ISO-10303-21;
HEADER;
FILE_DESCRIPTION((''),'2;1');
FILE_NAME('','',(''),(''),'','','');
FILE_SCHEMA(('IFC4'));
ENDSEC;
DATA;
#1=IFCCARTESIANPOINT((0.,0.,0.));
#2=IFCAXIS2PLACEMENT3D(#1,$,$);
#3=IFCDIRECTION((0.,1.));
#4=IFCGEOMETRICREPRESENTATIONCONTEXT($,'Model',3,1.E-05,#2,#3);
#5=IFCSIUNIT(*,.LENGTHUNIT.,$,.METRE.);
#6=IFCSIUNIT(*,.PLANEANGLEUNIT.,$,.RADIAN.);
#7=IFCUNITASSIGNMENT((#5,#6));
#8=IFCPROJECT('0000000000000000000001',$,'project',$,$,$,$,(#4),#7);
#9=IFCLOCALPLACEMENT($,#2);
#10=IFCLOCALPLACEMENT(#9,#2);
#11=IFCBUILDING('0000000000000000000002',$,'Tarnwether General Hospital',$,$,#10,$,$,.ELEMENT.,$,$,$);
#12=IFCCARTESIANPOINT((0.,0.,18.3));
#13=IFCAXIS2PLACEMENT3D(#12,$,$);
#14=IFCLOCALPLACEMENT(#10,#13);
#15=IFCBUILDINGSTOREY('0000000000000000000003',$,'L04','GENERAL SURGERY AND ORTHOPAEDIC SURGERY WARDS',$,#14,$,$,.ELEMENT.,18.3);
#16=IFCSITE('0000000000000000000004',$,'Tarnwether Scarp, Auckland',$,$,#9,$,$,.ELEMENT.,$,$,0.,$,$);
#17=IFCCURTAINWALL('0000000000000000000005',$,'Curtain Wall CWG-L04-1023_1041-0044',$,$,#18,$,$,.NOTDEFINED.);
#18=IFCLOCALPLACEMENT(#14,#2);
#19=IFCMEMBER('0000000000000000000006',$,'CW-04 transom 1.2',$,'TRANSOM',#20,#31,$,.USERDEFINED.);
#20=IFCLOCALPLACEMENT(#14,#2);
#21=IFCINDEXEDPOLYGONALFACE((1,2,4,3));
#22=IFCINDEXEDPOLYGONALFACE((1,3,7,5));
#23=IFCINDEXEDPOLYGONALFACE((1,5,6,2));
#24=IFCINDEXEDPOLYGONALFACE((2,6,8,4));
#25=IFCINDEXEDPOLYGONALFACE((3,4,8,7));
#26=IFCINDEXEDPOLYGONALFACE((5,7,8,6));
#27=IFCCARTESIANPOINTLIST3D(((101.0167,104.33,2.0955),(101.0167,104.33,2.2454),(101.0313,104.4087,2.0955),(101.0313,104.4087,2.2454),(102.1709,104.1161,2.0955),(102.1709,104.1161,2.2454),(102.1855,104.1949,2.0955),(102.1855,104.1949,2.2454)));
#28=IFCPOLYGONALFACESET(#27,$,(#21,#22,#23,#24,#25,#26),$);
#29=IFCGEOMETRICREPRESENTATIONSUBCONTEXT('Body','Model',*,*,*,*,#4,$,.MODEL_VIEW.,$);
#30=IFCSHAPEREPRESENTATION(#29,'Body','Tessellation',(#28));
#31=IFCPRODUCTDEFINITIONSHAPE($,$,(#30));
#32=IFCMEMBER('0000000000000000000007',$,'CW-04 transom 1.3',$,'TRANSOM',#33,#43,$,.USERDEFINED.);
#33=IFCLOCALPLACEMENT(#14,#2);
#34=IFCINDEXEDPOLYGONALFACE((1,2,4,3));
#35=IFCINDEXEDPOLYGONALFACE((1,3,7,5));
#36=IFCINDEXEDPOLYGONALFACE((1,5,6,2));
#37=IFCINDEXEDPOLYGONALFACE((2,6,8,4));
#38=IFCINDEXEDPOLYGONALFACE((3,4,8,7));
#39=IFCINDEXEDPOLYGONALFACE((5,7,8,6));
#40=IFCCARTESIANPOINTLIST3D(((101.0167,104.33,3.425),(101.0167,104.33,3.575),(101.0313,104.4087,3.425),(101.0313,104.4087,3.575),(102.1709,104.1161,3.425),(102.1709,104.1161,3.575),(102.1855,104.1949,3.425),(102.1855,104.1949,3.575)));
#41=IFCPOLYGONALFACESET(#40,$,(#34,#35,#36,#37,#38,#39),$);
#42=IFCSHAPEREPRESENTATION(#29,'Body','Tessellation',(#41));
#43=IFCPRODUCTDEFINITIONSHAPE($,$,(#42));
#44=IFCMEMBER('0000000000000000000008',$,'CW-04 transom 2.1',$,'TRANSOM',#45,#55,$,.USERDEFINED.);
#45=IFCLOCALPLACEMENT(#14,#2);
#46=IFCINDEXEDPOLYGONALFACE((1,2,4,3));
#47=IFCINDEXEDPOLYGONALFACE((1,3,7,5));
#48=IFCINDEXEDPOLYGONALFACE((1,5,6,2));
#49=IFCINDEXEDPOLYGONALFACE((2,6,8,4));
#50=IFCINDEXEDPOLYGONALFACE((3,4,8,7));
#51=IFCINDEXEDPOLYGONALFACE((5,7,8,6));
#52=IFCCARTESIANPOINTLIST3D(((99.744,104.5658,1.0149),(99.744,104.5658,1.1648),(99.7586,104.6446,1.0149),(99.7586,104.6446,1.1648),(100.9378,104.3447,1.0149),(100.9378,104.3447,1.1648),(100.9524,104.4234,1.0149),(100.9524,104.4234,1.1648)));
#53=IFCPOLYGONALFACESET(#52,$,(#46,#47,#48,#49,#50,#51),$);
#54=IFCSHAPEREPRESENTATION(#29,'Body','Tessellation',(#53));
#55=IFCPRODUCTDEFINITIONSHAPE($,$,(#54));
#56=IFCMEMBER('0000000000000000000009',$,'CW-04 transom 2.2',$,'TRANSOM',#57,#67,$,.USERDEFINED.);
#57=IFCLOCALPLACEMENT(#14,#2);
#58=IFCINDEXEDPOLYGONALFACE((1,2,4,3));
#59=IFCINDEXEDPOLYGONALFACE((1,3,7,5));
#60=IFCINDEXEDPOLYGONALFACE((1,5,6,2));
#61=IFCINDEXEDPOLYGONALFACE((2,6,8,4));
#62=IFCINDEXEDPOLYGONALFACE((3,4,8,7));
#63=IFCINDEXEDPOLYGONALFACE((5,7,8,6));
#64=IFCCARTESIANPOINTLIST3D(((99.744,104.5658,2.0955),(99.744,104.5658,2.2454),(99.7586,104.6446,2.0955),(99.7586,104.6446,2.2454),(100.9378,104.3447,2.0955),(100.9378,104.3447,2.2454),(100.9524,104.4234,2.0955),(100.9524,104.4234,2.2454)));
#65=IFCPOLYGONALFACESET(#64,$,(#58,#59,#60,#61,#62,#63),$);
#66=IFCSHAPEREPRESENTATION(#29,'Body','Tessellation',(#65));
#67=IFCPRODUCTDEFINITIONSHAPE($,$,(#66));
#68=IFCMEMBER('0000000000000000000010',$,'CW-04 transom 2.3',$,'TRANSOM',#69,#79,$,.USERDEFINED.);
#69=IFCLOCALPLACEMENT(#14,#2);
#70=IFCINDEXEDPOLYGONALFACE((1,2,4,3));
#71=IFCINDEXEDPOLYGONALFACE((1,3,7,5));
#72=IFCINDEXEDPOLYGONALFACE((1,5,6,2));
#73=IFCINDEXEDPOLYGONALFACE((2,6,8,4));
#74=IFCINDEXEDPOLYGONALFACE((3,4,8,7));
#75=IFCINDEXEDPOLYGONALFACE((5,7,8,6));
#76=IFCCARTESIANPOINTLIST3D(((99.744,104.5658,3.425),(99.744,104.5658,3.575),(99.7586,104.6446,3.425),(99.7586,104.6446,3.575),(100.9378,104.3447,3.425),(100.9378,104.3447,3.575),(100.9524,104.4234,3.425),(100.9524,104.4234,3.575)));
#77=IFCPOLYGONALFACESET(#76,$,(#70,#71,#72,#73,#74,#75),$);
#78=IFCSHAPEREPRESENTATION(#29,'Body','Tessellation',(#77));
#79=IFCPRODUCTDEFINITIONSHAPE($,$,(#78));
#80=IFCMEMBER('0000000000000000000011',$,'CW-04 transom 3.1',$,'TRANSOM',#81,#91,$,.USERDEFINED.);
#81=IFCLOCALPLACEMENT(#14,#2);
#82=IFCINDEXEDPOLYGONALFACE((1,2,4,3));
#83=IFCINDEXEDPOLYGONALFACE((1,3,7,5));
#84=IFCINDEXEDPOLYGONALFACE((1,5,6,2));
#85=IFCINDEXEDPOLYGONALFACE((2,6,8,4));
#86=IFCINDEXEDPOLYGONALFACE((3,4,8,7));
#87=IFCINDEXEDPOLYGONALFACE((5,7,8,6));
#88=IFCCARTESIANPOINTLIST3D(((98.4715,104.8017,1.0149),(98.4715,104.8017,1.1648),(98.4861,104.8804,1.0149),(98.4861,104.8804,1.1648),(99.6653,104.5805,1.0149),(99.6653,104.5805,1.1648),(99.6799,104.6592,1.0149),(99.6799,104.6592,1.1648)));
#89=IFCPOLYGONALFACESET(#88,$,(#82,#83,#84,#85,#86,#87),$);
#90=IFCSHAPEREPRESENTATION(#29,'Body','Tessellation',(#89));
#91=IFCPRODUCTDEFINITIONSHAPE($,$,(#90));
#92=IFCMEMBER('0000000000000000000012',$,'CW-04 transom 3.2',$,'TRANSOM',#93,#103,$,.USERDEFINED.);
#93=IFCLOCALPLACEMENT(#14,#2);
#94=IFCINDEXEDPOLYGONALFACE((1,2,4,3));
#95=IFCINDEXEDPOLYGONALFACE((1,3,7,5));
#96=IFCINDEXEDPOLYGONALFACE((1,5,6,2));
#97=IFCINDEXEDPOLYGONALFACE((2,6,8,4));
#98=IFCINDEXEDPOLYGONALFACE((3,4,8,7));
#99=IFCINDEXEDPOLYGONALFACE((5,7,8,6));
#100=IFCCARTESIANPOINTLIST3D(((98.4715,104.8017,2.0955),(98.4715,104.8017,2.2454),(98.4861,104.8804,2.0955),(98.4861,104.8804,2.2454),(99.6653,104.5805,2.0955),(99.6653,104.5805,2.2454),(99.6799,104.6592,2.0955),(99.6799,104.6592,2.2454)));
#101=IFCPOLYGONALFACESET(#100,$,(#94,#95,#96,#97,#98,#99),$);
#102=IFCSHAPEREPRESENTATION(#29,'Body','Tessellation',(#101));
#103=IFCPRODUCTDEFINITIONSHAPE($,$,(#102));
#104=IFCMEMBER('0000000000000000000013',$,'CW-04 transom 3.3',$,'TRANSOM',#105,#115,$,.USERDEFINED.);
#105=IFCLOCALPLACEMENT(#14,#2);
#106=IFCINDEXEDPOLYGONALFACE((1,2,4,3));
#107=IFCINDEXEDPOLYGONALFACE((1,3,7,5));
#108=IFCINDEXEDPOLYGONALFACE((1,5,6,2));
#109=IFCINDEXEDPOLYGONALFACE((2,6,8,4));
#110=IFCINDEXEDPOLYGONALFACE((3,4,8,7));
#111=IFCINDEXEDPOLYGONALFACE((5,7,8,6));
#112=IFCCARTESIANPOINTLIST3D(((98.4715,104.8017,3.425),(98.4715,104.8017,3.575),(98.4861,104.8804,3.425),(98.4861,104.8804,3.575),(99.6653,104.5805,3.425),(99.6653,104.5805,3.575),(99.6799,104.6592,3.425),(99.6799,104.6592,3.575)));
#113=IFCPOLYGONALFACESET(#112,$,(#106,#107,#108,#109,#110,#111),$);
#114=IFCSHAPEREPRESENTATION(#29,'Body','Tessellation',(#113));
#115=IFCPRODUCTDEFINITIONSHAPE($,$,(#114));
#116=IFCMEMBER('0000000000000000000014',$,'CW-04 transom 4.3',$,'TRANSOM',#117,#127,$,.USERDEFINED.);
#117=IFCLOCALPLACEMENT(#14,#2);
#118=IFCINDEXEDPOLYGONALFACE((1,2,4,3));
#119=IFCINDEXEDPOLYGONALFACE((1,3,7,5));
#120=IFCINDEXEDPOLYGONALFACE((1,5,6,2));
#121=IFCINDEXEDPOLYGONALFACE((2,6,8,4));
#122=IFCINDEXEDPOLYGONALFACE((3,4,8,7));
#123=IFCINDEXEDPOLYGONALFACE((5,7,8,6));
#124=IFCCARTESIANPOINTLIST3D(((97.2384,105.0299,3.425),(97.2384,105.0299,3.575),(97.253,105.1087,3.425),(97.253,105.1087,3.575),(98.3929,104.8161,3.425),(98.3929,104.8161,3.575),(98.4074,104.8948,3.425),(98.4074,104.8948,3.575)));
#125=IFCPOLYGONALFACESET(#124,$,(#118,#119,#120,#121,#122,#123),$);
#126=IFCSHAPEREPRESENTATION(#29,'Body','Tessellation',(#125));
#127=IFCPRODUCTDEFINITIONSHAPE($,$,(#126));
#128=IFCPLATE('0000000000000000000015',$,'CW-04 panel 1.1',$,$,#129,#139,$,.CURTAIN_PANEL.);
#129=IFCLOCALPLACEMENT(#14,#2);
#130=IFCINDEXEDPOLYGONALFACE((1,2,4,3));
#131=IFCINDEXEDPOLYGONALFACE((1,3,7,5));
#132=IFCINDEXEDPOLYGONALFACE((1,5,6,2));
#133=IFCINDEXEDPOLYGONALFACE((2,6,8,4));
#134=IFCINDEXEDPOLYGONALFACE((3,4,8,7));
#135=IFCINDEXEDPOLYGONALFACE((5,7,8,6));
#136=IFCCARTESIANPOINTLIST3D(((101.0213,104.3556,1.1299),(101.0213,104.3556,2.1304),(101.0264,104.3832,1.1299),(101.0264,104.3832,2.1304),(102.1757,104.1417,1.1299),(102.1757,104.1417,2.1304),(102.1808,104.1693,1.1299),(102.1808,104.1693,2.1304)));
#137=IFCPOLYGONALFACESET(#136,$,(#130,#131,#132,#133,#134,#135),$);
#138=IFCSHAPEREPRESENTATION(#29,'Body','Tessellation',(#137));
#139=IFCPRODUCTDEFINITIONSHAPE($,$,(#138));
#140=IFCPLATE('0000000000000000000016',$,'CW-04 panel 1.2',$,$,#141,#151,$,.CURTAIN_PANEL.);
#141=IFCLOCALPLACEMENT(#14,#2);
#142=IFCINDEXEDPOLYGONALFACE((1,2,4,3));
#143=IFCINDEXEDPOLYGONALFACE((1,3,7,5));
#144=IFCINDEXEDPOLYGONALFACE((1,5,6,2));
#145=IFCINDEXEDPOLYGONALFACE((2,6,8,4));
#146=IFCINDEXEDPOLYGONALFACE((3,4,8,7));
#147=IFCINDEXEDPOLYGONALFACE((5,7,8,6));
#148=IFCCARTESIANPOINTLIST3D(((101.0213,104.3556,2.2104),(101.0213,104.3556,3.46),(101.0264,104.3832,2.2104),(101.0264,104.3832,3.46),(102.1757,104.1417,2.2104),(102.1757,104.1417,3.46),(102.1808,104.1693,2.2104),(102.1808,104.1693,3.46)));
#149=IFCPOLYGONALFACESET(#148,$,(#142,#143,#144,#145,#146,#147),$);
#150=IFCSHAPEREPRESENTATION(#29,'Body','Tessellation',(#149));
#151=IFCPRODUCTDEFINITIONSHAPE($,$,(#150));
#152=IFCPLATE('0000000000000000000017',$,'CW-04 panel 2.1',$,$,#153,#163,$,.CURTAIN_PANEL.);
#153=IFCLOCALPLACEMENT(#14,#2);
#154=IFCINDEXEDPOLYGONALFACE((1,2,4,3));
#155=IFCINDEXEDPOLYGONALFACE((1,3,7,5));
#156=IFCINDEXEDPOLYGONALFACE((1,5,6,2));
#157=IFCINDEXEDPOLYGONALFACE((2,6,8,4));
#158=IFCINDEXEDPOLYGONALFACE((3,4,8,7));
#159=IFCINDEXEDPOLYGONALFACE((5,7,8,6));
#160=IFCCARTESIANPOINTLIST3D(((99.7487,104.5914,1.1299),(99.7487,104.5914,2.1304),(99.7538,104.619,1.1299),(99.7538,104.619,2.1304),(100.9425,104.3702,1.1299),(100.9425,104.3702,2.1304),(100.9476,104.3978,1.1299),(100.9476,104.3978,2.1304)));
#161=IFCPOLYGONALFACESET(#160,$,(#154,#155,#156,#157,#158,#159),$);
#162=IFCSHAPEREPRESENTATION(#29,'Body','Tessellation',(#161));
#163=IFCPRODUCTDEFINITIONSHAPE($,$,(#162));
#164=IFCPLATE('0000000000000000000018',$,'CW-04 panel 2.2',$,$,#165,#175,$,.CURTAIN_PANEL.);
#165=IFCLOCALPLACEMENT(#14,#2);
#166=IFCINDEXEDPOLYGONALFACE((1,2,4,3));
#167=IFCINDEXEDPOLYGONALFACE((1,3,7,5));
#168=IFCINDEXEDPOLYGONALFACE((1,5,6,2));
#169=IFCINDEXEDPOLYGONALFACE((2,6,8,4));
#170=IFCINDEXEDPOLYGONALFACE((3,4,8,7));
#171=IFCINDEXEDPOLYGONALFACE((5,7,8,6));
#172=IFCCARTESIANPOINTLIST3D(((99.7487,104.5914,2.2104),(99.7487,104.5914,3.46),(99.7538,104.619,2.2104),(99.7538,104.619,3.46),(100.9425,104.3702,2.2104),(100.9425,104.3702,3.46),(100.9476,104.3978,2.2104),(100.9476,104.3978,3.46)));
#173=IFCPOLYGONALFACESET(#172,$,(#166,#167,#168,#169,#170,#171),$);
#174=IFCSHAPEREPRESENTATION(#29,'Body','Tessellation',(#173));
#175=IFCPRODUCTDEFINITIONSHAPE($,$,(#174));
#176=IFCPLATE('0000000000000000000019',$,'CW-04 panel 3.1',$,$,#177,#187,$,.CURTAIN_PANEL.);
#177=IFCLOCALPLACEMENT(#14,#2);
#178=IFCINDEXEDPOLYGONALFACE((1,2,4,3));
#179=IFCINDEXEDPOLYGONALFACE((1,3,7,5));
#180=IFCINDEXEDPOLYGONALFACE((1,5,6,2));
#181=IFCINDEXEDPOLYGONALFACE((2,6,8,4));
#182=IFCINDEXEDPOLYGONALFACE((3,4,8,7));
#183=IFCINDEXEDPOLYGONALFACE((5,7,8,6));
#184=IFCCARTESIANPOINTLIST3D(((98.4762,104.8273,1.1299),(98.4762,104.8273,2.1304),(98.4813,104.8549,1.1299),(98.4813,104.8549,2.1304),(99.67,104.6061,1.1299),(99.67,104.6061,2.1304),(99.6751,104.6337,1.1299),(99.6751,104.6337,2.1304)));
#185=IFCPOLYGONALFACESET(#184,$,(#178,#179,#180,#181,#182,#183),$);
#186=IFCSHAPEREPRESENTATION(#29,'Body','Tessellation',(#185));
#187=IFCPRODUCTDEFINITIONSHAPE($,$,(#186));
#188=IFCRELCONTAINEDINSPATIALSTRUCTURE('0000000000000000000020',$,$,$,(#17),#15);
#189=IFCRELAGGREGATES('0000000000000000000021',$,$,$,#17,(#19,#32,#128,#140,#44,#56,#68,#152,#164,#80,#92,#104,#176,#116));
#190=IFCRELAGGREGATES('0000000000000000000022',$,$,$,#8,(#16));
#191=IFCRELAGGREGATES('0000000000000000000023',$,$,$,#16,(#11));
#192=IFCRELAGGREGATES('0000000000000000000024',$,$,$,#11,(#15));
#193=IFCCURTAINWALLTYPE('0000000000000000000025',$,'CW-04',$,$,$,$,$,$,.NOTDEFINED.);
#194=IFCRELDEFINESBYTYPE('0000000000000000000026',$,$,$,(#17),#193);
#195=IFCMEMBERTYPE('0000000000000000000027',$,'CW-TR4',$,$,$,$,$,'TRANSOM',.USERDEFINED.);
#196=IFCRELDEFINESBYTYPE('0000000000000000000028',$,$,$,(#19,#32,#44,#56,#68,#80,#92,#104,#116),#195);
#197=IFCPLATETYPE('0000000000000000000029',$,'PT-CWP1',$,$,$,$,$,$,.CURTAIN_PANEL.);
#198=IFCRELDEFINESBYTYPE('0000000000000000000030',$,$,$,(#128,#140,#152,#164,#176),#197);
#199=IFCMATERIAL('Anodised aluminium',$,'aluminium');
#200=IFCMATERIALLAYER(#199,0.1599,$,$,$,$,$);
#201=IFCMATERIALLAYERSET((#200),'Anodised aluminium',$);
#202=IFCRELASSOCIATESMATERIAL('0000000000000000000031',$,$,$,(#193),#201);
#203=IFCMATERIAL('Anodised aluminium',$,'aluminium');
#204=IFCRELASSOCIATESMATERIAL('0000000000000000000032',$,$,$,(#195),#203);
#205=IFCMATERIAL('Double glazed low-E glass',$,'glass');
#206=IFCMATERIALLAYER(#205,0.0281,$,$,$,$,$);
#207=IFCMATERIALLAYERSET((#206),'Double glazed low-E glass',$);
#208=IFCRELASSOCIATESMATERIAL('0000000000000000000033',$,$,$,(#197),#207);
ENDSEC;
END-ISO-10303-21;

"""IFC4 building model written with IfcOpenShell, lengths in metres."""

from ifc_helpers import new_model, si_unit, direction, frame, origin, origin_2d, place, context, subcontext, project, spatial, rectangle, extrude, material, layer, layer_set, material_profile, profile_set, type_object, element, aggregate, save


model = new_model("IFC4")

# Units and contexts
model_context = context("Model", 3, precision=1e-05, world=origin(), true_north=direction((0.0, 1.0)))
body_context = subcontext(model_context, "Body", "Model", "MODEL_VIEW")
ifc_project = project(units=[si_unit("LENGTHUNIT", "METRE"), si_unit("PLANEANGLEUNIT", "RADIAN")], contexts=[model_context])

# Site, building, storey
site_placement = place(None, origin())
site = spatial("IfcSite", under=ifc_project, at=site_placement, Name="Tarnwether Scarp, Auckland", CompositionType="ELEMENT", RefElevation=0.0)
building_placement = place(site_placement, origin())
building = spatial("IfcBuilding", under=site, at=building_placement, Name="Tarnwether General Hospital", CompositionType="ELEMENT")
storey_placement = place(building_placement, frame((0.0, 0.0, 18.3)))
storey = spatial("IfcBuildingStorey", under=building, at=storey_placement, Name="L04", Description="GENERAL SURGERY AND ORTHOPAEDIC SURGERY WARDS", CompositionType="ELEMENT", Elevation=18.3)

# Curtain wall
ifc_material_1 = material(Name="Anodised aluminium", Category="aluminium")
ifc_layer_1 = layer(ifc_material_1, 0.1599)
ifc_layer_set_1 = layer_set([ifc_layer_1], Name="Anodised aluminium")
curtain_wall_type = type_object("IfcCurtainWallType", Name="CW-04", PredefinedType="NOTDEFINED", material=ifc_layer_set_1)
curtain_wall_1_placement = place(storey_placement, origin())
curtain_wall_1 = element("IfcCurtainWall", 1, at=curtain_wall_1_placement, inside=storey, type_object=curtain_wall_type, Name="Curtain Wall CWG-L04-1023_1041-0044", PredefinedType="NOTDEFINED")

# Members
ifc_material_2 = material(Name="Anodised aluminium", Category="aluminium")
ifc_material_profile_1 = material_profile(ifc_material_2, rectangle(XDim=0.0801, YDim=0.1499, at=origin_2d()), Name="ALU-TRN-80x150")
ifc_profile_set_1 = profile_set([ifc_material_profile_1], Name="Anodised aluminium")
member_type_1 = type_object("IfcMemberType", Name="CW-TR4", ElementType="TRANSOM", PredefinedType="USERDEFINED", material=ifc_profile_set_1)
member_1_placement = place(storey_placement, frame((102.1782, 104.1555, 2.1704), z_axis=(-0.983265, 0.182179, 0.0), x_axis=(-0.182179, -0.983265, 0.0)))
member_1 = element("IfcMember", 2, at=member_1_placement, type_object=member_type_1, Name="CW-04 transom 1.2", ObjectType="TRANSOM", PredefinedType="USERDEFINED", context=body_context, shape_type="SweptSolid", body=[
    extrude(rectangle(XDim=0.0801, YDim=0.1499, at=origin_2d()), origin(), (0.0, 0.0, 1.0), 1.1738),
])
member_2_placement = place(storey_placement, frame((102.1782, 104.1555, 3.5), z_axis=(-0.983265, 0.182179, 0.0), x_axis=(-0.182179, -0.983265, 0.0)))
member_2 = element("IfcMember", 3, at=member_2_placement, type_object=member_type_1, Name="CW-04 transom 1.3", ObjectType="TRANSOM", PredefinedType="USERDEFINED", context=body_context, shape_type="SweptSolid", body=[
    extrude(rectangle(XDim=0.0801, YDim=0.1499, at=origin_2d()), origin(), (0.0, 0.0, 1.0), 1.1738),
])
member_3_placement = place(storey_placement, frame((100.9451, 104.384, 1.0898), z_axis=(-0.983266, 0.182176, 0.0), x_axis=(-0.182176, -0.983266, 0.0)))
member_3 = element("IfcMember", 4, at=member_3_placement, type_object=member_type_1, Name="CW-04 transom 2.1", ObjectType="TRANSOM", PredefinedType="USERDEFINED", context=body_context, shape_type="SweptSolid", body=[
    extrude(rectangle(XDim=0.0801, YDim=0.1499, at=origin_2d()), origin(), (0.0, 0.0, 1.0), 1.2141),
])
member_4_placement = place(storey_placement, frame((100.9451, 104.384, 2.1704), z_axis=(-0.983266, 0.182176, 0.0), x_axis=(-0.182176, -0.983266, 0.0)))
member_4 = element("IfcMember", 5, at=member_4_placement, type_object=member_type_1, Name="CW-04 transom 2.2", ObjectType="TRANSOM", PredefinedType="USERDEFINED", context=body_context, shape_type="SweptSolid", body=[
    extrude(rectangle(XDim=0.0801, YDim=0.1499, at=origin_2d()), origin(), (0.0, 0.0, 1.0), 1.2141),
])
member_5_placement = place(storey_placement, frame((100.9451, 104.384, 3.5), z_axis=(-0.983266, 0.182176, 0.0), x_axis=(-0.182176, -0.983266, 0.0)))
member_5 = element("IfcMember", 6, at=member_5_placement, type_object=member_type_1, Name="CW-04 transom 2.3", ObjectType="TRANSOM", PredefinedType="USERDEFINED", context=body_context, shape_type="SweptSolid", body=[
    extrude(rectangle(XDim=0.0801, YDim=0.1499, at=origin_2d()), origin(), (0.0, 0.0, 1.0), 1.2141),
])
member_6_placement = place(storey_placement, frame((99.6726, 104.6199, 1.0898), z_axis=(-0.983266, 0.182176, 0.0), x_axis=(-0.182176, -0.983266, 0.0)))
member_6 = element("IfcMember", 7, at=member_6_placement, type_object=member_type_1, Name="CW-04 transom 3.1", ObjectType="TRANSOM", PredefinedType="USERDEFINED", context=body_context, shape_type="SweptSolid", body=[
    extrude(rectangle(XDim=0.0801, YDim=0.1499, at=origin_2d()), origin(), (0.0, 0.0, 1.0), 1.2141),
])
member_7_placement = place(storey_placement, frame((99.6726, 104.6199, 2.1704), z_axis=(-0.983266, 0.182176, 0.0), x_axis=(-0.182176, -0.983266, 0.0)))
member_7 = element("IfcMember", 8, at=member_7_placement, type_object=member_type_1, Name="CW-04 transom 3.2", ObjectType="TRANSOM", PredefinedType="USERDEFINED", context=body_context, shape_type="SweptSolid", body=[
    extrude(rectangle(XDim=0.0801, YDim=0.1499, at=origin_2d()), origin(), (0.0, 0.0, 1.0), 1.2141),
])
member_8_placement = place(storey_placement, frame((99.6726, 104.6199, 3.5), z_axis=(-0.983266, 0.182176, 0.0), x_axis=(-0.182176, -0.983266, 0.0)))
member_8 = element("IfcMember", 9, at=member_8_placement, type_object=member_type_1, Name="CW-04 transom 3.3", ObjectType="TRANSOM", PredefinedType="USERDEFINED", context=body_context, shape_type="SweptSolid", body=[
    extrude(rectangle(XDim=0.0801, YDim=0.1499, at=origin_2d()), origin(), (0.0, 0.0, 1.0), 1.2141),
])
member_9_placement = place(storey_placement, frame((98.4001, 104.8555, 3.5), z_axis=(-0.983272, 0.182141, 0.0), x_axis=(-0.182141, -0.983272, 0.0)))
member_9 = element("IfcMember", 10, at=member_9_placement, type_object=member_type_1, Name="CW-04 transom 4.3", ObjectType="TRANSOM", PredefinedType="USERDEFINED", context=body_context, shape_type="SweptSolid", body=[
    extrude(rectangle(XDim=0.0801, YDim=0.1499, at=origin_2d()), origin(), (0.0, 0.0, 1.0), 1.1741),
])

# Plates
ifc_material_3 = material(Name="Double glazed low-E glass", Category="glass")
ifc_layer_2 = layer(ifc_material_3, 0.0281)
ifc_layer_set_2 = layer_set([ifc_layer_2], Name="Double glazed low-E glass")
plate_type_1 = type_object("IfcPlateType", Name="PT-CWP1", PredefinedType="CURTAIN_PANEL", material=ifc_layer_set_2)
plate_1_placement = place(storey_placement, frame((101.6011, 104.2625, 1.1299), z_axis=(0.0, 0.0, 1.0), x_axis=(-0.983268, 0.182165, 0.0)))
plate_1 = element("IfcPlate", 11, at=plate_1_placement, type_object=plate_type_1, Name="CW-04 panel 1.1", PredefinedType="CURTAIN_PANEL", context=body_context, shape_type="SweptSolid", body=[
    extrude(rectangle(XDim=1.1741, YDim=0.0281, at=origin_2d()), origin(), (0.0, 0.0, 1.0), 1.0005),
])
plate_2_placement = place(storey_placement, frame((101.6011, 104.2625, 2.2104), z_axis=(0.0, 0.0, 1.0), x_axis=(-0.983268, 0.182165, 0.0)))
plate_2 = element("IfcPlate", 12, at=plate_2_placement, type_object=plate_type_1, Name="CW-04 panel 1.2", PredefinedType="CURTAIN_PANEL", context=body_context, shape_type="SweptSolid", body=[
    extrude(rectangle(XDim=1.1741, YDim=0.0281, at=origin_2d()), origin(), (0.0, 0.0, 1.0), 1.2495),
])
plate_3_placement = place(storey_placement, frame((100.3481, 104.4946, 1.1299), z_axis=(0.0, 0.0, 1.0), x_axis=(-0.983268, 0.182165, 0.0)))
plate_3 = element("IfcPlate", 13, at=plate_3_placement, type_object=plate_type_1, Name="CW-04 panel 2.1", PredefinedType="CURTAIN_PANEL", context=body_context, shape_type="SweptSolid", body=[
    extrude(rectangle(XDim=1.2141, YDim=0.0281, at=origin_2d()), origin(), (0.0, 0.0, 1.0), 1.0005),
])
plate_4_placement = place(storey_placement, frame((100.3481, 104.4946, 2.2104), z_axis=(0.0, 0.0, 1.0), x_axis=(-0.983268, 0.182165, 0.0)))
plate_4 = element("IfcPlate", 14, at=plate_4_placement, type_object=plate_type_1, Name="CW-04 panel 2.2", PredefinedType="CURTAIN_PANEL", context=body_context, shape_type="SweptSolid", body=[
    extrude(rectangle(XDim=1.2141, YDim=0.0281, at=origin_2d()), origin(), (0.0, 0.0, 1.0), 1.2495),
])
plate_5_placement = place(storey_placement, frame((99.0757, 104.7305, 1.1299), z_axis=(0.0, 0.0, 1.0), x_axis=(-0.983268, 0.182165, 0.0)))
plate_5 = element("IfcPlate", 15, at=plate_5_placement, type_object=plate_type_1, Name="CW-04 panel 3.1", PredefinedType="CURTAIN_PANEL", context=body_context, shape_type="SweptSolid", body=[
    extrude(rectangle(XDim=1.2141, YDim=0.0281, at=origin_2d()), origin(), (0.0, 0.0, 1.0), 1.0005),
])
aggregate(curtain_wall_1, [member_1, member_2, plate_1, plate_2, member_3, member_4, member_5, plate_3, plate_4, member_6, member_7, member_8, plate_5, member_9])

save(model, "model.ifc")
